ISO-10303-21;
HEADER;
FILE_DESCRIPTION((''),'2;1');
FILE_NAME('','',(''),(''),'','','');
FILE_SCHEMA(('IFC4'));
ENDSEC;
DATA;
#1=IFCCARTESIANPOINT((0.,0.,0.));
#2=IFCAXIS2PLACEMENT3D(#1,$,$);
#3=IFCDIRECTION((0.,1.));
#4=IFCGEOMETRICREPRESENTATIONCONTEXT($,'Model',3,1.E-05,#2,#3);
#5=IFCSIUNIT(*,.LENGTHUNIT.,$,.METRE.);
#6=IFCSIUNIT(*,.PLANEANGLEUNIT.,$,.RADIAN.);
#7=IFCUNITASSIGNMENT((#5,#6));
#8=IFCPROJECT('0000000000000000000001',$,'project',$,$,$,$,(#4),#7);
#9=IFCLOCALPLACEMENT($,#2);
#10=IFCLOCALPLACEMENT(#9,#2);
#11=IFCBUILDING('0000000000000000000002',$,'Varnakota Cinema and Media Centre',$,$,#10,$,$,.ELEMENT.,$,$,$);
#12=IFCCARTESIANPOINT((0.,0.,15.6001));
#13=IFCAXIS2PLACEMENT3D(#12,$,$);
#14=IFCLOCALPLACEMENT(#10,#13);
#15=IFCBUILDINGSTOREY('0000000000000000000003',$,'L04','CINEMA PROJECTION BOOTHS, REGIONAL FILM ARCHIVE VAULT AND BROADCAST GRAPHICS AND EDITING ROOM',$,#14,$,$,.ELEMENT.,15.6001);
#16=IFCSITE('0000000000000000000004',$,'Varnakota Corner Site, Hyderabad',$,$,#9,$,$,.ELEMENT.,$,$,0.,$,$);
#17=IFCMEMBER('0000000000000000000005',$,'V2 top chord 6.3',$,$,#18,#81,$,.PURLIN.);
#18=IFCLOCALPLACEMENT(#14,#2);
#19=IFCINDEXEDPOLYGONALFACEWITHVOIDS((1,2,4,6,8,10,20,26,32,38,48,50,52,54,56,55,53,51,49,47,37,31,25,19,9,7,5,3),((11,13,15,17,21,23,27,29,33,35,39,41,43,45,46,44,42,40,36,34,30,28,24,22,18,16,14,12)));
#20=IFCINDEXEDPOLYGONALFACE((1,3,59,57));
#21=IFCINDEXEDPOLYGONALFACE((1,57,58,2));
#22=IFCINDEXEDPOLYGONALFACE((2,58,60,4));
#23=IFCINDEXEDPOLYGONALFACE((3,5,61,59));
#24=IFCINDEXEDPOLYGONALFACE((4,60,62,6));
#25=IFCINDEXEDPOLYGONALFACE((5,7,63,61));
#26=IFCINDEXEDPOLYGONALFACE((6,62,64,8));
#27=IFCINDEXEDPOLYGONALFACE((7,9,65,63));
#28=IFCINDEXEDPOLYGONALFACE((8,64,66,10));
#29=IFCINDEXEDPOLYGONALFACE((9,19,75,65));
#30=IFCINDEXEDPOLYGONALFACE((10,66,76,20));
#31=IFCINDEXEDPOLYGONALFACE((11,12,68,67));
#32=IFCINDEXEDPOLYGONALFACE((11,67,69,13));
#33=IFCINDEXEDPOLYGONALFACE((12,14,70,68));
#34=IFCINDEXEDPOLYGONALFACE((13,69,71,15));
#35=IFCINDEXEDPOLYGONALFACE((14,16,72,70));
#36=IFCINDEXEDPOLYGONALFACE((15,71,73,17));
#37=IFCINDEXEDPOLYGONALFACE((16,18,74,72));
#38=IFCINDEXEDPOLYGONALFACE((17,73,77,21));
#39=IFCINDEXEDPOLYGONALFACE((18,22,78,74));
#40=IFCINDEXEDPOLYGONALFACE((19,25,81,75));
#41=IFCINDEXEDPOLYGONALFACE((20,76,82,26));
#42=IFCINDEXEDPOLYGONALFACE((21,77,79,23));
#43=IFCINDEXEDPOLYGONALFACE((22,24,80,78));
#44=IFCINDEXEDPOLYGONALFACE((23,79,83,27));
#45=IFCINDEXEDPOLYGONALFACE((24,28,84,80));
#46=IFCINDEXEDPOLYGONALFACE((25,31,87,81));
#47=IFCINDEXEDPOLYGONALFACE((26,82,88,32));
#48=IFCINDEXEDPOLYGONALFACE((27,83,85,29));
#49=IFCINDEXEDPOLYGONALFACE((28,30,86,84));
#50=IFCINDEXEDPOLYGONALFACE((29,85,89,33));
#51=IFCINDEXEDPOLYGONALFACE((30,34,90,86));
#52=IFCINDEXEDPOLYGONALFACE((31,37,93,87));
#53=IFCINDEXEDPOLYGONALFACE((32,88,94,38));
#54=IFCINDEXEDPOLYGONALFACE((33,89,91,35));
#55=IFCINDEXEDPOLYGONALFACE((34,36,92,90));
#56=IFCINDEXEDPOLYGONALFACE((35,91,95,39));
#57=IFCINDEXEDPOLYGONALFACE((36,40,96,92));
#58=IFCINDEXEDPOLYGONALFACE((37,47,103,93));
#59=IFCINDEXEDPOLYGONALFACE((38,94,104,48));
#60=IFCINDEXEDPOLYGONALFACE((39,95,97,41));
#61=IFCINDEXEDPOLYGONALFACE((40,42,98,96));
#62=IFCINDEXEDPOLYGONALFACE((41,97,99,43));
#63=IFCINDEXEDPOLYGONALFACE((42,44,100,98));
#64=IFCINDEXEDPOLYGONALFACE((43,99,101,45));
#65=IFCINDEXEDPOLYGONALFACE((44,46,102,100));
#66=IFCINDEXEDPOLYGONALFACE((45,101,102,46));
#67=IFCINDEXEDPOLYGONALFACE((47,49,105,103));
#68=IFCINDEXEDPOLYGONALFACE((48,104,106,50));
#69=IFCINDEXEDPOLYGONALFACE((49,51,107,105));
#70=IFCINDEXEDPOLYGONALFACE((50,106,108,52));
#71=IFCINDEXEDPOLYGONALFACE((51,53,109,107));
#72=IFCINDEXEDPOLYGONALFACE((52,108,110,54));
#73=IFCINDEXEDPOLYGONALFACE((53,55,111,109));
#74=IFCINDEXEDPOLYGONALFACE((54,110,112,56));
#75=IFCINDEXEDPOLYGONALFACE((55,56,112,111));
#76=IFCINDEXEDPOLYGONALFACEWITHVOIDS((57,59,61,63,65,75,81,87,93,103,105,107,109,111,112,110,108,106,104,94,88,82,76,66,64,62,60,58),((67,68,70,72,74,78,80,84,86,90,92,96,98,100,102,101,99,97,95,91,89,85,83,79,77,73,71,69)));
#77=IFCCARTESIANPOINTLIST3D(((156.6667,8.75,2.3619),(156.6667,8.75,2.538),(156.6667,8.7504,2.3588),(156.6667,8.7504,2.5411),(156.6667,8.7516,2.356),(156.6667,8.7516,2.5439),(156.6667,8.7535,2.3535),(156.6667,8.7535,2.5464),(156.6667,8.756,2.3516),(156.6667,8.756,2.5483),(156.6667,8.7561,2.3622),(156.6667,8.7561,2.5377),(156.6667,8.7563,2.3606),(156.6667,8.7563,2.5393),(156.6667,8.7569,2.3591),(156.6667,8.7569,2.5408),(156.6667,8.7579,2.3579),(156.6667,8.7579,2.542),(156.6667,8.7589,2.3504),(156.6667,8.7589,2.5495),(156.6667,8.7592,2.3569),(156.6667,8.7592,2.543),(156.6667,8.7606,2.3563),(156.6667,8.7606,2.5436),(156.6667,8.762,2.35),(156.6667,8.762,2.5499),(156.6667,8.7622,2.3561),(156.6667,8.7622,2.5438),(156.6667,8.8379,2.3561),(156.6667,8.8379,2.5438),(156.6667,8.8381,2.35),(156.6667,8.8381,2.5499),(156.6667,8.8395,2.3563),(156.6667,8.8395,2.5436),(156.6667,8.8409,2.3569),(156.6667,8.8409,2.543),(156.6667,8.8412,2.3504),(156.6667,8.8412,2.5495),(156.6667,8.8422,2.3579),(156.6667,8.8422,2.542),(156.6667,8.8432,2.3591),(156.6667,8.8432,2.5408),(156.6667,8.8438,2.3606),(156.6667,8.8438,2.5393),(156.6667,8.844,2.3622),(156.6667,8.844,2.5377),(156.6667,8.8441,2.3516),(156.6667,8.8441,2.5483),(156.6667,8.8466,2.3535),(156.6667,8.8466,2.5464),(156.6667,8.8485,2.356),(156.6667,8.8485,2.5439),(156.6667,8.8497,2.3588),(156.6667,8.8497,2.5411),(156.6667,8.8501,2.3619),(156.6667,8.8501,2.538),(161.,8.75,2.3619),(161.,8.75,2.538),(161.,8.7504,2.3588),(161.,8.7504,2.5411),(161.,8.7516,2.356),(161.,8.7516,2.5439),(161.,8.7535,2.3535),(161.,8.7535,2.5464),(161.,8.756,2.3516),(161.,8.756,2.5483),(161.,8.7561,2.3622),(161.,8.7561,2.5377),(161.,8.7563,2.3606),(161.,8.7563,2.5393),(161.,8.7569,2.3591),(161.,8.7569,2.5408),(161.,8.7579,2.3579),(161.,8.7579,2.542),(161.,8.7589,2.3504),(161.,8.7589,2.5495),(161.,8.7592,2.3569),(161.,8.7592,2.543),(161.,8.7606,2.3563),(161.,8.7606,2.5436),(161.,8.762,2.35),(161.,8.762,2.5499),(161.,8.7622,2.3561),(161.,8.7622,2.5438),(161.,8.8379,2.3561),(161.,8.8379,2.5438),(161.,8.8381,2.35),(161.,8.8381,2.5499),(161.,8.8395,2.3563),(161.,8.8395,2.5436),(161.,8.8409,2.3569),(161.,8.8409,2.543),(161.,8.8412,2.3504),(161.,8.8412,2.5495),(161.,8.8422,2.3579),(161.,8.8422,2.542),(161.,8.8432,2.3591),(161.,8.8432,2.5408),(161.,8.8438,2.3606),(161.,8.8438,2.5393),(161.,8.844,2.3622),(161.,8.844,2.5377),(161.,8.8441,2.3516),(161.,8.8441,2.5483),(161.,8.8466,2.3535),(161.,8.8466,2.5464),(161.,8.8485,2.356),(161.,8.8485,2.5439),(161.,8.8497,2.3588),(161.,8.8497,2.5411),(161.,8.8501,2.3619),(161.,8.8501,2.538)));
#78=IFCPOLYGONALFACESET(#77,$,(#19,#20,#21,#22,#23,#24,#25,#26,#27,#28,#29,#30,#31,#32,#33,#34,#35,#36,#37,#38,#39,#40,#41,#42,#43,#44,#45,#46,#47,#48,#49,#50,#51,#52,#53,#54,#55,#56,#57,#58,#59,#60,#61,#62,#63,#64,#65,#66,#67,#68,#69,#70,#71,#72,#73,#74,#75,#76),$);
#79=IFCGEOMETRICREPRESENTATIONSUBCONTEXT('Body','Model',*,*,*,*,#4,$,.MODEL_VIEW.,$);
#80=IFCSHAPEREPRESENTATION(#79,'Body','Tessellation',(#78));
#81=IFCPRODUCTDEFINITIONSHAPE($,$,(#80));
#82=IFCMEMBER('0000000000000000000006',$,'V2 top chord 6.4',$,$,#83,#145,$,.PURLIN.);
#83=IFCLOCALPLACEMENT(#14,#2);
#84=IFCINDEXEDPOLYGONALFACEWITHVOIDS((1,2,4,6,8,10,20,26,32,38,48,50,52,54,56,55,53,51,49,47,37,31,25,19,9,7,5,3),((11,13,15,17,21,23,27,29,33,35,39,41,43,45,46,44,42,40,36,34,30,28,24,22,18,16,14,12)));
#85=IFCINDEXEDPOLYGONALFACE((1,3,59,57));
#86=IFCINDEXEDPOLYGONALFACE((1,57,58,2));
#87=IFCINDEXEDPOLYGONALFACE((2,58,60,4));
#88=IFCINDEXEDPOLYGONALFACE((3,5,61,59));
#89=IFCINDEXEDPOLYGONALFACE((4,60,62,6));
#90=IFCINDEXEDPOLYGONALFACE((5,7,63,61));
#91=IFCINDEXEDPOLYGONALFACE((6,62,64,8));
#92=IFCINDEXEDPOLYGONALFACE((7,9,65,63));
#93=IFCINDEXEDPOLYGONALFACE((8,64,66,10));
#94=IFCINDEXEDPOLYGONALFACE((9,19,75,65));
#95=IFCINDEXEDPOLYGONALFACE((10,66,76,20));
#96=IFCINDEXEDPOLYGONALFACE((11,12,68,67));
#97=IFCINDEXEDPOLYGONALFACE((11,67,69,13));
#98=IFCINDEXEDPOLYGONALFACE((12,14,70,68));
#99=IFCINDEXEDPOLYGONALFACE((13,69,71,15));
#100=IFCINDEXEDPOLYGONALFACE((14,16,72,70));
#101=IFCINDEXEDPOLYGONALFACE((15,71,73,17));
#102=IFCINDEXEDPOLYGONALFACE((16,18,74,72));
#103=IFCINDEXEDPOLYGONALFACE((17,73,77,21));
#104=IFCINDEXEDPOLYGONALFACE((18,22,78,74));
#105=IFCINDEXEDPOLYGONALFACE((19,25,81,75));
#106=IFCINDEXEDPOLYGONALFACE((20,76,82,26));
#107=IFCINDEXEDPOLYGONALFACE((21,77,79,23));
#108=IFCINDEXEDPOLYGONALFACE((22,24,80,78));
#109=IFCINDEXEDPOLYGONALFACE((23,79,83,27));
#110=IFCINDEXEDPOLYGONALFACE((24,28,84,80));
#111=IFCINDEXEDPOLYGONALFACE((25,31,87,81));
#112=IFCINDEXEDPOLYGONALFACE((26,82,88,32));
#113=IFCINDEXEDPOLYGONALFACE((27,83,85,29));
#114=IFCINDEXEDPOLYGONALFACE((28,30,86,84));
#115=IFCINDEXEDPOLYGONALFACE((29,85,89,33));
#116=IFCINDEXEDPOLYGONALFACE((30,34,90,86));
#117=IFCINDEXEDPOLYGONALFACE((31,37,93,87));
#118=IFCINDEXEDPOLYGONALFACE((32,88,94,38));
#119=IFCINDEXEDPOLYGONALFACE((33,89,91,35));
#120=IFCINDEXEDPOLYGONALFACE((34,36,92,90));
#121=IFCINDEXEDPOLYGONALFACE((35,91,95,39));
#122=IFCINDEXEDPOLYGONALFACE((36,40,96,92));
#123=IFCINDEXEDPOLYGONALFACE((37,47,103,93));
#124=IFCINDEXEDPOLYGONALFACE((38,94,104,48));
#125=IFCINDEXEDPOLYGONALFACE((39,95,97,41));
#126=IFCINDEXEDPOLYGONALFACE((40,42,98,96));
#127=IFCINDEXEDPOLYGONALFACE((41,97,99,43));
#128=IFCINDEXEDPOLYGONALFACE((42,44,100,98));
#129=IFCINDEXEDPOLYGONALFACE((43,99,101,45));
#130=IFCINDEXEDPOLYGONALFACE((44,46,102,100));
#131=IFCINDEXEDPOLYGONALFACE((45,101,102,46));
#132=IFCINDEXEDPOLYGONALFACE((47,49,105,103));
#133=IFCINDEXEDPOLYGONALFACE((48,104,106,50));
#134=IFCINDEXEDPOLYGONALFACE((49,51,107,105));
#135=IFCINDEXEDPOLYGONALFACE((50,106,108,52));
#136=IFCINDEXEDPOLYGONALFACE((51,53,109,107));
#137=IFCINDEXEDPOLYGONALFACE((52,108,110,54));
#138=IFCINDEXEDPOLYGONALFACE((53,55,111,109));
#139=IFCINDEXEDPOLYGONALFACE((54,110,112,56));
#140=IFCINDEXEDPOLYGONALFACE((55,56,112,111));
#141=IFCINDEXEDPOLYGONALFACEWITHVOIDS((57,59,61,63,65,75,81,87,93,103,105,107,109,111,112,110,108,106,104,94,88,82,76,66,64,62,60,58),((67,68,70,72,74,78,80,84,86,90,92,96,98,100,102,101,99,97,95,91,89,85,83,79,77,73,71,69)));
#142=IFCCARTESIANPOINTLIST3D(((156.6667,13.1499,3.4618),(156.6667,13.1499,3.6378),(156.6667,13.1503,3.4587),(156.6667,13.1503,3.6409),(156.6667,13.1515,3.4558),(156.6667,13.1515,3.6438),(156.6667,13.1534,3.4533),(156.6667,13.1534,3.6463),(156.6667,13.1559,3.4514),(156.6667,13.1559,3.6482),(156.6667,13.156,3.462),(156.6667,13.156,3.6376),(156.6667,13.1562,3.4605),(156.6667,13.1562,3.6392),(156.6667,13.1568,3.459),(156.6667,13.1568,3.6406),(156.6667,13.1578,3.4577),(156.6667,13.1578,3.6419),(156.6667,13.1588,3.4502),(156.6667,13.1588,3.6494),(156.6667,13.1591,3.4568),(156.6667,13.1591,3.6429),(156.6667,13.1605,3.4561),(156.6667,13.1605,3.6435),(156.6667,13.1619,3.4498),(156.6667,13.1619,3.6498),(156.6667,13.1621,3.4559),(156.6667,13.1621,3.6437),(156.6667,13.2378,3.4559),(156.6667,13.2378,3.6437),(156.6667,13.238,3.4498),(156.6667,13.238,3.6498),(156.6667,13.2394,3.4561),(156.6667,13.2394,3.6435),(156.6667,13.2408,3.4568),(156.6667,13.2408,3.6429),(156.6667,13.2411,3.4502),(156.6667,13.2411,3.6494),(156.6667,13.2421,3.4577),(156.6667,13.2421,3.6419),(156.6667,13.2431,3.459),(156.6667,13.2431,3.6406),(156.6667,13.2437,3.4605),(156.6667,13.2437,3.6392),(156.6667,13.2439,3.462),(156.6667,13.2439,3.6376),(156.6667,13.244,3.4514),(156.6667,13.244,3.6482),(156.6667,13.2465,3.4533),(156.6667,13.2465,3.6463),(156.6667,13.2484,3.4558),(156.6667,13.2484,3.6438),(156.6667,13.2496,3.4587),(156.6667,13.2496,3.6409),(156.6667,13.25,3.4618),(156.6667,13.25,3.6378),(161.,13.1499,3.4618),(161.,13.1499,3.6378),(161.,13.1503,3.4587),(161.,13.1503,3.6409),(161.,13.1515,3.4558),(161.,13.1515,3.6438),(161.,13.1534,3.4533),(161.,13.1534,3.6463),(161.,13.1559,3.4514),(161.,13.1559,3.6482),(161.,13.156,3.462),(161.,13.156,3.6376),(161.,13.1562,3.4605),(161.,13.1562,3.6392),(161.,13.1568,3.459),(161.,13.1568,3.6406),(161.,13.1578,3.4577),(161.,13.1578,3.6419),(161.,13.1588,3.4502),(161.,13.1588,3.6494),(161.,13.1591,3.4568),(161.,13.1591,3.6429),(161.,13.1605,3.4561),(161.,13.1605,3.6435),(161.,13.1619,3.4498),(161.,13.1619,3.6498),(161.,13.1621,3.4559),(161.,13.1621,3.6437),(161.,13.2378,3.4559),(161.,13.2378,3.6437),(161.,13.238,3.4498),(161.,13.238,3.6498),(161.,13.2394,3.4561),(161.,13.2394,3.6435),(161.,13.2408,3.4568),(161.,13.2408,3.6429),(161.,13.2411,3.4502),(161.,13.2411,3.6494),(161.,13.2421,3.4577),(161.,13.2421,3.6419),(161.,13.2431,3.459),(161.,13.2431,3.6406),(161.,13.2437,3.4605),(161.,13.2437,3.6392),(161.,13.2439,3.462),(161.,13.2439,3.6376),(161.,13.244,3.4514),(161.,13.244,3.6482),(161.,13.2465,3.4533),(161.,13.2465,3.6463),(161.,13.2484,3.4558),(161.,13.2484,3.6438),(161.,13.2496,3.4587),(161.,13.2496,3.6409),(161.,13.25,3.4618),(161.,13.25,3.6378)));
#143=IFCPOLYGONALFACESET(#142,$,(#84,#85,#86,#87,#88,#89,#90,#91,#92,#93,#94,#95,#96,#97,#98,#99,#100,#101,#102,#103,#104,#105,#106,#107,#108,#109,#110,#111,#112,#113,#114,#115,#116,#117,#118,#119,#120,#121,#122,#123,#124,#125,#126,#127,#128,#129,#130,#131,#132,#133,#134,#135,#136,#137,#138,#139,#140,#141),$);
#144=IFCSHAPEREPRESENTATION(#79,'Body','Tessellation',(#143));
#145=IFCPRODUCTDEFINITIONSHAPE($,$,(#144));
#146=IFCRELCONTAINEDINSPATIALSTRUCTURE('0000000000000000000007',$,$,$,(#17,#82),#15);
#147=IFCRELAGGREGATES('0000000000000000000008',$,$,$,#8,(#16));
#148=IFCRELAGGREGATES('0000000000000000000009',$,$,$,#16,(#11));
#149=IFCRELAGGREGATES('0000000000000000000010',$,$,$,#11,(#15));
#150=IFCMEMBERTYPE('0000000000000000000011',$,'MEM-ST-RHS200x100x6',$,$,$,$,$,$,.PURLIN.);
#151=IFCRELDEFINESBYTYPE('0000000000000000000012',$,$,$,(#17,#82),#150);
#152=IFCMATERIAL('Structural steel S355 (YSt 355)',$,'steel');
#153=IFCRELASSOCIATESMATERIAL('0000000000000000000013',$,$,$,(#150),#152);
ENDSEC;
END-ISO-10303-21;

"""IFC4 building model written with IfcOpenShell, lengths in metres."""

from ifc_helpers import new_model, si_unit, direction, frame, origin, origin_2d, place, context, subcontext, project, spatial, hollow_rectangle, extrude, material, material_profile, profile_set, type_object, element, save


model = new_model("IFC4")

# Units and contexts
model_context = context("Model", 3, precision=1e-05, world=origin(), true_north=direction((0.0, 1.0)))
body_context = subcontext(model_context, "Body", "Model", "MODEL_VIEW")
ifc_project = project(units=[si_unit("LENGTHUNIT", "METRE"), si_unit("PLANEANGLEUNIT", "RADIAN")], contexts=[model_context])

# Site, building, storey
site_placement = place(None, origin())
site = spatial("IfcSite", under=ifc_project, at=site_placement, Name="Varnakota Corner Site, Hyderabad", CompositionType="ELEMENT", RefElevation=0.0)
building_placement = place(site_placement, origin())
building = spatial("IfcBuilding", under=site, at=building_placement, Name="Varnakota Cinema and Media Centre", CompositionType="ELEMENT")
storey_placement = place(building_placement, frame((0.0, 0.0, 15.6001)))
storey = spatial("IfcBuildingStorey", under=building, at=storey_placement, Name="L04", Description="CINEMA PROJECTION BOOTHS, REGIONAL FILM ARCHIVE VAULT AND BROADCAST GRAPHICS AND EDITING ROOM", CompositionType="ELEMENT", Elevation=15.6001)

# Members
ifc_material_1 = material(Name="Structural steel S355 (YSt 355)", Category="steel")
ifc_material_profile_1 = material_profile(ifc_material_1, hollow_rectangle(XDim=0.1001, YDim=0.2, WallThickness=0.0061, InnerFilletRadius=0.0061, OuterFilletRadius=0.012, at=origin_2d()), Name="RHS 200x100x6")
ifc_profile_set_1 = profile_set([ifc_material_profile_1], Name="Structural steel S355 (YSt 355)")
member_type_1 = type_object("IfcMemberType", Name="MEM-ST-RHS200x100x6", PredefinedType="PURLIN", material=ifc_profile_set_1)
for number, where, z_axis, x_axis, name in (
    (1, (156.6667, 8.8, 2.45), (1.0, 0.0, 0.0), (0.0, 1.0, 0.0), "V2 top chord 6.3"),
    (2, (156.6667, 13.2, 3.5498), (1.0, 0.0, 0.0), (0.0, 1.0, 0.0), "V2 top chord 6.4"),
):
    element("IfcMember", number, at=place(storey_placement, frame(where, z_axis=z_axis, x_axis=x_axis)), inside=storey, type_object=member_type_1, Name=name, PredefinedType="PURLIN", context=body_context, shape_type="SweptSolid", body=[
        extrude(hollow_rectangle(XDim=0.1001, YDim=0.2, WallThickness=0.0061, InnerFilletRadius=0.0061, OuterFilletRadius=0.012, at=origin_2d()), origin(), (0.0, 0.0, 1.0), 4.3333),
    ])

save(model, "model.ifc")
